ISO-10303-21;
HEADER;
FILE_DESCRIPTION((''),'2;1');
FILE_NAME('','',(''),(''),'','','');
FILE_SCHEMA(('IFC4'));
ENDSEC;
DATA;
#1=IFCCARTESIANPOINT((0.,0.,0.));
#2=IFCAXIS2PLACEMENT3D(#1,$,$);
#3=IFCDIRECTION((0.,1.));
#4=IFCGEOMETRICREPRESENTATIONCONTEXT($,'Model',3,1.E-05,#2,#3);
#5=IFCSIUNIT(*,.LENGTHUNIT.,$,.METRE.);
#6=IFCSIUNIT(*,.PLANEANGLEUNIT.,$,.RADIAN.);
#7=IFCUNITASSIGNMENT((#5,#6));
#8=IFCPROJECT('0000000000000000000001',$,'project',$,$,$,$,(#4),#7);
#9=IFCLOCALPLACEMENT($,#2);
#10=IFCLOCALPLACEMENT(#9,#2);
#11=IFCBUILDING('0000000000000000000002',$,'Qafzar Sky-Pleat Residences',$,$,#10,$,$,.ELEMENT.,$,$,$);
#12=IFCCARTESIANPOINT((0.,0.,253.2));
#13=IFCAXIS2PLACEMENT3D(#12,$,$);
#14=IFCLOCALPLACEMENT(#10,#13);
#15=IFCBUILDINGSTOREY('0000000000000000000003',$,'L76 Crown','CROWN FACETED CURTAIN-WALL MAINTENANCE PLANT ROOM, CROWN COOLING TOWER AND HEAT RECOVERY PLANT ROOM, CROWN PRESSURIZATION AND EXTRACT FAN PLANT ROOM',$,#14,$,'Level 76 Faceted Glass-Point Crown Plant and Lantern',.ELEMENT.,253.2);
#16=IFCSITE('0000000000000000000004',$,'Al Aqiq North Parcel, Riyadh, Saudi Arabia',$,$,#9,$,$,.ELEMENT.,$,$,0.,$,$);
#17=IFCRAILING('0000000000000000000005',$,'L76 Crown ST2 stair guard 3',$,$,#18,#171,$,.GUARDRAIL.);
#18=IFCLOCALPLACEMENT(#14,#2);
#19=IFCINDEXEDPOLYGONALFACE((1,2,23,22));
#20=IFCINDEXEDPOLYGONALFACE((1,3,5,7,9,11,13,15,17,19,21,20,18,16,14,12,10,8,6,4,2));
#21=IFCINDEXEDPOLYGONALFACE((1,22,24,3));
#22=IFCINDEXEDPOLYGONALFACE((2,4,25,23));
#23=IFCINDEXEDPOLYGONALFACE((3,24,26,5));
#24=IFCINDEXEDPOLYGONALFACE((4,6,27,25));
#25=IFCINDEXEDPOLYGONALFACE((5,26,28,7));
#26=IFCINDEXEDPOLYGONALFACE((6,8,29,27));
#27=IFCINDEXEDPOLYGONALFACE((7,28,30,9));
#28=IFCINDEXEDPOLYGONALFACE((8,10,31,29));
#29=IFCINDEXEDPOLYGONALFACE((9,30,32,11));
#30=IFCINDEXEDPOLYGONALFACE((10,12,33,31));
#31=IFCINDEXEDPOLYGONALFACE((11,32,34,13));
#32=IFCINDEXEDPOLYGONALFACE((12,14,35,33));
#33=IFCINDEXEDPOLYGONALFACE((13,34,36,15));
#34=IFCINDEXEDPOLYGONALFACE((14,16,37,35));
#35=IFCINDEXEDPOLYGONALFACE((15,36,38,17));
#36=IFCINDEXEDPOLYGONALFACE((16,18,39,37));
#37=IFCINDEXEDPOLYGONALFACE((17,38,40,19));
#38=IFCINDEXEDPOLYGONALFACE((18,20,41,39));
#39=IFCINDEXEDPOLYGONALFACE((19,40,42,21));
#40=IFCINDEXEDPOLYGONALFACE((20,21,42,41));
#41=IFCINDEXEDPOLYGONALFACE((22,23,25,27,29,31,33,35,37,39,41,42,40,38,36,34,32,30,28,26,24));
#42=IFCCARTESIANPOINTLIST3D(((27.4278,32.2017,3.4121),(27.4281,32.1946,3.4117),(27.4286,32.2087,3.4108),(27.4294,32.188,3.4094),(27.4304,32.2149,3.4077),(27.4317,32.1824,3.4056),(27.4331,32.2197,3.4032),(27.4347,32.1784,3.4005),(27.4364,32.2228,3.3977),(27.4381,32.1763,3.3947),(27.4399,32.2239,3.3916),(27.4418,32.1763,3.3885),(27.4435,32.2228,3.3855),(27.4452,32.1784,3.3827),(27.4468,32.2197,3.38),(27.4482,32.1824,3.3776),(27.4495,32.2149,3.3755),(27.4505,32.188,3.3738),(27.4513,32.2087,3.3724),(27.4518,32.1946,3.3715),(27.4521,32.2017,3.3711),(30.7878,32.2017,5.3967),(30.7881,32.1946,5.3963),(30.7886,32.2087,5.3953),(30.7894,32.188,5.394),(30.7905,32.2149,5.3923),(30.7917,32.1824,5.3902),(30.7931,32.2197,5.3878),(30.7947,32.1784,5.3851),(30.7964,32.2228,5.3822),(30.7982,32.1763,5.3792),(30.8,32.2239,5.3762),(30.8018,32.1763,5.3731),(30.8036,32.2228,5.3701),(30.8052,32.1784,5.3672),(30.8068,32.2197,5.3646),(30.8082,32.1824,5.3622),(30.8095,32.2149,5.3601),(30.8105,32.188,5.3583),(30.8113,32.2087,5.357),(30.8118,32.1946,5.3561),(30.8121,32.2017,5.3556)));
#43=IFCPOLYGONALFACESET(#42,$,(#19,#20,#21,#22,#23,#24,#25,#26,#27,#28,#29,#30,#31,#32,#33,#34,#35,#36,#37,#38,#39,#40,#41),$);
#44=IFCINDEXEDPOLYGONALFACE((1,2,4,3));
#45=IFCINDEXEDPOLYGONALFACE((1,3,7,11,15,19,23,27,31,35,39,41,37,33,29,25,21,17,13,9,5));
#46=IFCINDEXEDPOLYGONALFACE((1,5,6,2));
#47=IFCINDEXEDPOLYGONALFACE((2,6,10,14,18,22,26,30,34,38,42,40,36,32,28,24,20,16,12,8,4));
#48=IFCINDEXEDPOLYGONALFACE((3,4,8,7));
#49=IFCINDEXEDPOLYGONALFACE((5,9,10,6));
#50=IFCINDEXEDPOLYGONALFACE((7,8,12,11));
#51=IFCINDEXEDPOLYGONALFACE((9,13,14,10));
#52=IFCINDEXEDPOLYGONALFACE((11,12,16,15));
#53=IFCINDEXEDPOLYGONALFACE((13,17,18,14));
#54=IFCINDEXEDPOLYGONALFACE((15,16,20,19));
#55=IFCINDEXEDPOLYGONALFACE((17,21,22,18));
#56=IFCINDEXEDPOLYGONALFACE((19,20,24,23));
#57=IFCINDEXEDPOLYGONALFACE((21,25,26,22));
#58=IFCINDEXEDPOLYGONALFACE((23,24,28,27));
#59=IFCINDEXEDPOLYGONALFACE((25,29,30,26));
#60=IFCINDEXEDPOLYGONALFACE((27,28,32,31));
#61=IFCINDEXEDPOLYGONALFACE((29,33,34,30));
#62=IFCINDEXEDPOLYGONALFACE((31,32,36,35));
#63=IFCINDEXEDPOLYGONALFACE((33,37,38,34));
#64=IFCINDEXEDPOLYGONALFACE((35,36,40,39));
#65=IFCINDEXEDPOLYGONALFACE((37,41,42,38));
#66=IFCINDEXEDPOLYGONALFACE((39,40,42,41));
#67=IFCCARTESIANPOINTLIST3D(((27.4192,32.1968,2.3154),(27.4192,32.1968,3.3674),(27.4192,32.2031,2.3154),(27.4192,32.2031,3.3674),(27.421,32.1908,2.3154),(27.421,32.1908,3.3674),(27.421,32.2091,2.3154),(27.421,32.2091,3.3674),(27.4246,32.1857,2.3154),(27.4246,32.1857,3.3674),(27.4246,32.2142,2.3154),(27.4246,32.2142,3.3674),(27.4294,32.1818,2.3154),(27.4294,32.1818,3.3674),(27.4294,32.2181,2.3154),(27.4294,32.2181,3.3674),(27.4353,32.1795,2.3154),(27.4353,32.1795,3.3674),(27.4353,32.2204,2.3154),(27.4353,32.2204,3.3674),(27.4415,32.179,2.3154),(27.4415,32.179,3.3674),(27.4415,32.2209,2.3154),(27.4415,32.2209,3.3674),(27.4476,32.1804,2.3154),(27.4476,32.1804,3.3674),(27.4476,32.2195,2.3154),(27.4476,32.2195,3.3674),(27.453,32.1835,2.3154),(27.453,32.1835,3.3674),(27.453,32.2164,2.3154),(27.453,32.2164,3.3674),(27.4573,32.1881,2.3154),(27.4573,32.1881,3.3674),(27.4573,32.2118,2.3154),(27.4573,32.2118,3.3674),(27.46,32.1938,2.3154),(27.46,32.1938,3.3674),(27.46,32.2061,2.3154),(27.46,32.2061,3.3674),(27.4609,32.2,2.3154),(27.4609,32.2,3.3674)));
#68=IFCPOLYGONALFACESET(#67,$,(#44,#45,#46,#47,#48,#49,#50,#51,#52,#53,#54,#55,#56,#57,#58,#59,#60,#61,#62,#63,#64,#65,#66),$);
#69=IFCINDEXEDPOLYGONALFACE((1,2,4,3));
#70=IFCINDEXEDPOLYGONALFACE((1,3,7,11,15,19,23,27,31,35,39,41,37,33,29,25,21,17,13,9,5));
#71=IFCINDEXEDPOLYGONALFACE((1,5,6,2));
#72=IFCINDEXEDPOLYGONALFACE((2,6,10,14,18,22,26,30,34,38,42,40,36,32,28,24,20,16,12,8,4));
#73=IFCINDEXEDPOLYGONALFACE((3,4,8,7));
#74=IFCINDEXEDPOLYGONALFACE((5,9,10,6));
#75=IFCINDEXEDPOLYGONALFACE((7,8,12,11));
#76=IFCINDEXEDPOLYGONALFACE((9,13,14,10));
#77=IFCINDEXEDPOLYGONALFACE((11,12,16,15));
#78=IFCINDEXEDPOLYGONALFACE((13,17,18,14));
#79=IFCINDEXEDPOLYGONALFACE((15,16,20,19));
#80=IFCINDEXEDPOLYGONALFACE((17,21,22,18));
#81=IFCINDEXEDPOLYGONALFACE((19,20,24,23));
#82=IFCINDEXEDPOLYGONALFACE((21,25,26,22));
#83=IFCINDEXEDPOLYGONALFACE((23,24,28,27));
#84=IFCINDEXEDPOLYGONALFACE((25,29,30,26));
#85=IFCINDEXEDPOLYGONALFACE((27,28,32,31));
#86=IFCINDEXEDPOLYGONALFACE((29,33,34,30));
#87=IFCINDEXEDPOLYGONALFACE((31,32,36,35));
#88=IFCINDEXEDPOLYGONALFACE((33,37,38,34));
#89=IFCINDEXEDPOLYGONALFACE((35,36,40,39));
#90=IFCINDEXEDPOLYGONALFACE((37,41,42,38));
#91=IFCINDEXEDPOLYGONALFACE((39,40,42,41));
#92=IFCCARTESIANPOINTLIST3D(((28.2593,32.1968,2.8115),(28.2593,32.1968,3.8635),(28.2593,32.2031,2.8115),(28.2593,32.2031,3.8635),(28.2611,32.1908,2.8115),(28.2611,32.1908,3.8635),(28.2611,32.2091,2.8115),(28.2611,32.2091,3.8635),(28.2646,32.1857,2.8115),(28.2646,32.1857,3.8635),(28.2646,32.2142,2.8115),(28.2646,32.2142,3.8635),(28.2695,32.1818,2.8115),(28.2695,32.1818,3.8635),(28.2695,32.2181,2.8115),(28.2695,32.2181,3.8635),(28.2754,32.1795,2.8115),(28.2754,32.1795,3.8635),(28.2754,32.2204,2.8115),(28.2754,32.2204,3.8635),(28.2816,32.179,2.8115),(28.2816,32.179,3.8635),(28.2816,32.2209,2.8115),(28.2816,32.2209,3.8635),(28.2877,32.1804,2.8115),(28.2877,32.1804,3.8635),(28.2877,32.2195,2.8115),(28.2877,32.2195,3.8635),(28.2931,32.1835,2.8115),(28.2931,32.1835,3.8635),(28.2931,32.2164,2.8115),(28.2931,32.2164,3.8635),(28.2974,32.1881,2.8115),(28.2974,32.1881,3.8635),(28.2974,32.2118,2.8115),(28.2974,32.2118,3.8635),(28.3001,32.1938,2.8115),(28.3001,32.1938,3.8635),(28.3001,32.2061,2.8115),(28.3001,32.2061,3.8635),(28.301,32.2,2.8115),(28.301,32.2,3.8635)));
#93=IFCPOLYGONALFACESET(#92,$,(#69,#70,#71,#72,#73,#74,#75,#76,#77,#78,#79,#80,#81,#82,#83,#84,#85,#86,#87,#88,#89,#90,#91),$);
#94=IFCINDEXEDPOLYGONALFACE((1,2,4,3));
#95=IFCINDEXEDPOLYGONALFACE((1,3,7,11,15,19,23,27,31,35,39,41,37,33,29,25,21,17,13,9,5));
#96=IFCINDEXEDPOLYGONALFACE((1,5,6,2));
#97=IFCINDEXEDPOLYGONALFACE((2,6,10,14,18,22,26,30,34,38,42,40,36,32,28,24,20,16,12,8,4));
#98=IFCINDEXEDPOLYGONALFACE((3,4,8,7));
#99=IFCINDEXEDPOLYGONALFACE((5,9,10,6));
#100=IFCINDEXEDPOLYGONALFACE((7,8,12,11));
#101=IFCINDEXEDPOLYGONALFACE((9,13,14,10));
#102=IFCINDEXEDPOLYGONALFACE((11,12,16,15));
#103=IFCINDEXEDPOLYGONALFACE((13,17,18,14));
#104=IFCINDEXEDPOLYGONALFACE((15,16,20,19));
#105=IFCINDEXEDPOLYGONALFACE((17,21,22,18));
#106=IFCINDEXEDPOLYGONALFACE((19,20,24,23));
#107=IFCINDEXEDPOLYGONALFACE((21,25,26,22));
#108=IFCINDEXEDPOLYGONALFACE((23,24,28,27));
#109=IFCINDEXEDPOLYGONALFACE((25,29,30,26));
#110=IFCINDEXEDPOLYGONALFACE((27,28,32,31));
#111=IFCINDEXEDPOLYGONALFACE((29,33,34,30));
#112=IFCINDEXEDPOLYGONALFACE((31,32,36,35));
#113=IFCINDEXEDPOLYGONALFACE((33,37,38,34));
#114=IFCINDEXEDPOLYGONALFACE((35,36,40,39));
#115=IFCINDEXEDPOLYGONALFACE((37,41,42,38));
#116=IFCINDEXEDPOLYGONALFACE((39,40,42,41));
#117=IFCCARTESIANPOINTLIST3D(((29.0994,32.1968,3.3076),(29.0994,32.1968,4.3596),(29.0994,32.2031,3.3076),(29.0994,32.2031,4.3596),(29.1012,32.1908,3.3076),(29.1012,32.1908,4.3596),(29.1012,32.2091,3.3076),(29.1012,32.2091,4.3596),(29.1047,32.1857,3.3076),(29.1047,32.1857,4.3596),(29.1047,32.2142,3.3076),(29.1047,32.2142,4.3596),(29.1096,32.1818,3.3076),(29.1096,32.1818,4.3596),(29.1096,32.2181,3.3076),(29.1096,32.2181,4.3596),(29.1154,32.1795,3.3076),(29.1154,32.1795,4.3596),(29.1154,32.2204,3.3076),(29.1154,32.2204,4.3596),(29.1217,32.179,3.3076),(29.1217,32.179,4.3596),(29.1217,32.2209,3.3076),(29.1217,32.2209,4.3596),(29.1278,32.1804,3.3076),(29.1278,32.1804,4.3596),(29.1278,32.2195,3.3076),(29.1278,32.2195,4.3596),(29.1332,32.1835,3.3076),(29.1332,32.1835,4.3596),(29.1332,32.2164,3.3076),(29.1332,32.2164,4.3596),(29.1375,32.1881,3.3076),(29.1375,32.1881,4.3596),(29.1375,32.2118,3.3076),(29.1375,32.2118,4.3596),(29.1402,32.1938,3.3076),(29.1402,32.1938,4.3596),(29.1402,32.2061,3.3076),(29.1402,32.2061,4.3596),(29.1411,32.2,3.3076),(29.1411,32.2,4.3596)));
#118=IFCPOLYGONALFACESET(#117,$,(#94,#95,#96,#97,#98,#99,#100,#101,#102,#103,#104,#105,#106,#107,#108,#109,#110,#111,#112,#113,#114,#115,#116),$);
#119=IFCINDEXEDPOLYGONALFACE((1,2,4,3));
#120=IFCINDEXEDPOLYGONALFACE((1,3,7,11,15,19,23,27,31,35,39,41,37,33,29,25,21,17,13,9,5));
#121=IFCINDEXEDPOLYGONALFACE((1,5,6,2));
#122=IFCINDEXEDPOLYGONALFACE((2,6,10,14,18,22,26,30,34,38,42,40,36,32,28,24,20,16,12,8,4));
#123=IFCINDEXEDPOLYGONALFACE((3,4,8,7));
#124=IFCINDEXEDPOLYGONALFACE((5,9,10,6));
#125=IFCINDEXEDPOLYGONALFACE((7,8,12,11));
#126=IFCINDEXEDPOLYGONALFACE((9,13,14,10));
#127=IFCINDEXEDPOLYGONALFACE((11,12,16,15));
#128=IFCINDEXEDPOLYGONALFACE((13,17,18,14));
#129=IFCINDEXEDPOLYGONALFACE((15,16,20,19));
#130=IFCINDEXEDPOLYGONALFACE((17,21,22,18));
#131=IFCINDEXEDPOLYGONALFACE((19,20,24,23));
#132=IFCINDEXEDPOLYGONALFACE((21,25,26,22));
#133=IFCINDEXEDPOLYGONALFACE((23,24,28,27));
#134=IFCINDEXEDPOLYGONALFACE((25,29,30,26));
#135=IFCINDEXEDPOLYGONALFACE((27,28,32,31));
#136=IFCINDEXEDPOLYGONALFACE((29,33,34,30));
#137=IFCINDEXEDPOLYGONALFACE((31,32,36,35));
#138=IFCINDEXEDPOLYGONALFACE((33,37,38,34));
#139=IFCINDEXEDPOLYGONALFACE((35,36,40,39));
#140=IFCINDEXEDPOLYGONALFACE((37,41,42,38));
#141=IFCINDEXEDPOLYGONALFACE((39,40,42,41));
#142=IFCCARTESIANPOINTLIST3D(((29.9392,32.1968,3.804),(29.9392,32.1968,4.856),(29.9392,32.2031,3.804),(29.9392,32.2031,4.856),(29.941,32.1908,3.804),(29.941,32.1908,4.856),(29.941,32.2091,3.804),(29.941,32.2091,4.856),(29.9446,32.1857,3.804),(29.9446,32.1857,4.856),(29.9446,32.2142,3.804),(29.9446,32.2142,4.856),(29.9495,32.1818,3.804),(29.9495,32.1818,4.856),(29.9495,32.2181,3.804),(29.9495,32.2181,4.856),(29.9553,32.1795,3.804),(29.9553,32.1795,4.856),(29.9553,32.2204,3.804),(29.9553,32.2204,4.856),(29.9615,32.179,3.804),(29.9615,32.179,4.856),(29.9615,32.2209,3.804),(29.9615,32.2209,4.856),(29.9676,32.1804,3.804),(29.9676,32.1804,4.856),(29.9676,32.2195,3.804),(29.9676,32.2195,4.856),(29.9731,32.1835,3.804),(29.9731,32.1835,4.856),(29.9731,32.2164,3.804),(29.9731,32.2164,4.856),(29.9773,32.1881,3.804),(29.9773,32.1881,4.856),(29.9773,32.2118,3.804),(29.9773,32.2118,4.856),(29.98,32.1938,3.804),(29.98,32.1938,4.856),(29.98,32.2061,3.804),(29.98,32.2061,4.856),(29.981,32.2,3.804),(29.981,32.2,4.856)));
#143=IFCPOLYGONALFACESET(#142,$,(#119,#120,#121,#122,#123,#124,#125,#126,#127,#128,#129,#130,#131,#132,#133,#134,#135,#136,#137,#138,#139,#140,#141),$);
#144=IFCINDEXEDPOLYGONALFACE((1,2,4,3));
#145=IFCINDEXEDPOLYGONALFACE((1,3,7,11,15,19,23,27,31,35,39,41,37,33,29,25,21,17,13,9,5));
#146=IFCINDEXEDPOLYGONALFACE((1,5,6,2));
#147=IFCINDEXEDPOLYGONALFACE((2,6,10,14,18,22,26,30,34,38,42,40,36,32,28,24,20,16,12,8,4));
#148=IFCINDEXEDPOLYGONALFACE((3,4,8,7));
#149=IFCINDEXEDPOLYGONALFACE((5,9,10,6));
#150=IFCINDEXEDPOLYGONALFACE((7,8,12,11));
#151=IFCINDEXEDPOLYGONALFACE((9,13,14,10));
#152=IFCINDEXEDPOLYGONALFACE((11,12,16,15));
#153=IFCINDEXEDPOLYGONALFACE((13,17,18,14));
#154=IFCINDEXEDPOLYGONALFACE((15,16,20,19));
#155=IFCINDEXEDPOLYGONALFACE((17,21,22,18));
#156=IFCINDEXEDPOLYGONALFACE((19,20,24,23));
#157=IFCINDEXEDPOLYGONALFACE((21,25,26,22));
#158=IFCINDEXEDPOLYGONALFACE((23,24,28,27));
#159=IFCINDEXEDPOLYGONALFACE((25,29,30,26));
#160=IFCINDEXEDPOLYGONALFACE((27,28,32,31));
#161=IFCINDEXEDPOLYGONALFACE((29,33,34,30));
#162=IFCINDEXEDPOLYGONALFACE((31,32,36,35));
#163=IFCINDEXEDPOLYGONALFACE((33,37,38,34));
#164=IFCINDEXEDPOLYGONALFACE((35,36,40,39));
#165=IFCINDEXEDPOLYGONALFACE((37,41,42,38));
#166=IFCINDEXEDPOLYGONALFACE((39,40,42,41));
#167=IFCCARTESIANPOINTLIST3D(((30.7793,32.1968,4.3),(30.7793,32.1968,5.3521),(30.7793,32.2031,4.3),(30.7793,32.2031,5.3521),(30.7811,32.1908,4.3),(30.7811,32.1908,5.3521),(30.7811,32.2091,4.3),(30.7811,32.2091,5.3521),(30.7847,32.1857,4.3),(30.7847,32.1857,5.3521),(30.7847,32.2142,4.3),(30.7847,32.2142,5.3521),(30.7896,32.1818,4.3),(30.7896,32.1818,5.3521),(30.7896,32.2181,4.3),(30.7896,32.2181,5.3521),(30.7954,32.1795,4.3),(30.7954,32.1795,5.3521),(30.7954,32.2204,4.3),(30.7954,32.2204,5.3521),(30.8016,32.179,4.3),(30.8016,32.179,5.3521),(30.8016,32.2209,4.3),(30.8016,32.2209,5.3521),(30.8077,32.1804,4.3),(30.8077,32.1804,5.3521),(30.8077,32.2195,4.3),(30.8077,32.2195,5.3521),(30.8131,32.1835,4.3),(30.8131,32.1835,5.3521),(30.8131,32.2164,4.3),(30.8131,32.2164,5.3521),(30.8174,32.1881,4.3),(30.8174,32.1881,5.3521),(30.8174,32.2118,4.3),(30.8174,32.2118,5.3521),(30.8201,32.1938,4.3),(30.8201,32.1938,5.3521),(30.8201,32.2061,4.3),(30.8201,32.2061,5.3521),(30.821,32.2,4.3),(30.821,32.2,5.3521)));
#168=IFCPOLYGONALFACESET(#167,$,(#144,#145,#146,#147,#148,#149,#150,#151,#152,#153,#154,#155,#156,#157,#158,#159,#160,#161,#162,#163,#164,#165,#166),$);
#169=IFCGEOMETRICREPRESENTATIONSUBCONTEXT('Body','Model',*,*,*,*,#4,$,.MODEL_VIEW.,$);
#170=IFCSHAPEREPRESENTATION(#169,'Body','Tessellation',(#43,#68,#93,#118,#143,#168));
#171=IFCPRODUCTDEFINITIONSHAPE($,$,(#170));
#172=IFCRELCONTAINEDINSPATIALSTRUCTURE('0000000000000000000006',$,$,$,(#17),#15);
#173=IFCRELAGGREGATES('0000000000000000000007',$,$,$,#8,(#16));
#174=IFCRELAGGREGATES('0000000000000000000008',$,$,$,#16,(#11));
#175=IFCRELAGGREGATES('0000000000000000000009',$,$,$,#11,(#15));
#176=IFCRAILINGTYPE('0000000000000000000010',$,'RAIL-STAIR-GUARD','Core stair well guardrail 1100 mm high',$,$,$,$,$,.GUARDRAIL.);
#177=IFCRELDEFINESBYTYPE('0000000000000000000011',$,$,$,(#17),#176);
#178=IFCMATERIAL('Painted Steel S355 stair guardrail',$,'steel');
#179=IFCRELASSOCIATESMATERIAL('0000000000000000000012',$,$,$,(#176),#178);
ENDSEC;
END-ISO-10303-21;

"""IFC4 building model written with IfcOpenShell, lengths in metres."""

from ifc_helpers import new_model, si_unit, direction, frame, origin, origin_2d, place, context, subcontext, project, spatial, circle, extrude, source, transform, mapped, material, type_object, element, save


model = new_model("IFC4")

# Units and contexts
model_context = context("Model", 3, precision=1e-05, world=origin(), true_north=direction((0.0, 1.0)))
body_context = subcontext(model_context, "Body", "Model", "MODEL_VIEW")
ifc_project = project(units=[si_unit("LENGTHUNIT", "METRE"), si_unit("PLANEANGLEUNIT", "RADIAN")], contexts=[model_context])

# Site, building, storey
site_placement = place(None, origin())
site = spatial("IfcSite", under=ifc_project, at=site_placement, Name="Al Aqiq North Parcel, Riyadh, Saudi Arabia", CompositionType="ELEMENT", RefElevation=0.0)
building_placement = place(site_placement, origin())
building = spatial("IfcBuilding", under=site, at=building_placement, Name="Qafzar Sky-Pleat Residences", CompositionType="ELEMENT")
storey_placement = place(building_placement, frame((0.0, 0.0, 253.2)))
storey = spatial("IfcBuildingStorey", under=building, at=storey_placement, Name="L76 Crown", Description="CROWN FACETED CURTAIN-WALL MAINTENANCE PLANT ROOM, CROWN COOLING TOWER AND HEAT RECOVERY PLANT ROOM, CROWN PRESSURIZATION AND EXTRACT FAN PLANT ROOM", LongName="Level 76 Faceted Glass-Point Crown Plant and Lantern", CompositionType="ELEMENT", Elevation=253.2)

# Railing
ifc_material_1 = material(Name="Painted Steel S355 stair guardrail", Category="steel")
railing_type_1 = type_object("IfcRailingType", Name="RAIL-STAIR-GUARD", Description="Core stair well guardrail 1100 mm high", PredefinedType="GUARDRAIL", material=ifc_material_1)
shared_shape_1 = source(origin(), body_context, "Body", "SweptSolid", [
    extrude(circle(Radius=0.0239, at=origin_2d()), frame((0.0, 0.0, 1.0762), z_axis=(0.861027, 0.0, 0.508559), x_axis=(0.0, 1.0, 0.0)), (0.0, 0.0, 1.0), 3.9023),
    extrude(circle(Radius=0.021, at=origin_2d()), origin(), (0.0, 0.0, 1.0), 1.052),
    extrude(circle(Radius=0.021, at=origin_2d()), frame((0.8401, 0.0, 0.4961)), (0.0, 0.0, 1.0), 1.052),
    extrude(circle(Radius=0.021, at=origin_2d()), frame((1.6802, 0.0, 0.9922)), (0.0, 0.0, 1.0), 1.052),
    extrude(circle(Radius=0.021, at=origin_2d()), frame((2.52, 0.0, 1.4885)), (0.0, 0.0, 1.0), 1.052),
    extrude(circle(Radius=0.021, at=origin_2d()), frame((3.3601, 0.0, 1.9846)), (0.0, 0.0, 1.0), 1.052),
])
railing_1_placement = place(storey_placement, frame((27.4399, 32.2, 2.3154)))
element("IfcRailing", 1, at=railing_1_placement, inside=storey, type_object=railing_type_1, Name="L76 Crown ST2 stair guard 3", PredefinedType="GUARDRAIL", context=body_context, shape_type="MappedRepresentation", body=[
    mapped(shared_shape_1, transform((0.0, 0.0, 0.0), x_axis=(1.0, 0.0, 0.0), y_axis=(0.0, 1.0, 0.0), z_axis=(0.0, 0.0, 1.0), scale=1.0)),
])

save(model, "model.ifc")
